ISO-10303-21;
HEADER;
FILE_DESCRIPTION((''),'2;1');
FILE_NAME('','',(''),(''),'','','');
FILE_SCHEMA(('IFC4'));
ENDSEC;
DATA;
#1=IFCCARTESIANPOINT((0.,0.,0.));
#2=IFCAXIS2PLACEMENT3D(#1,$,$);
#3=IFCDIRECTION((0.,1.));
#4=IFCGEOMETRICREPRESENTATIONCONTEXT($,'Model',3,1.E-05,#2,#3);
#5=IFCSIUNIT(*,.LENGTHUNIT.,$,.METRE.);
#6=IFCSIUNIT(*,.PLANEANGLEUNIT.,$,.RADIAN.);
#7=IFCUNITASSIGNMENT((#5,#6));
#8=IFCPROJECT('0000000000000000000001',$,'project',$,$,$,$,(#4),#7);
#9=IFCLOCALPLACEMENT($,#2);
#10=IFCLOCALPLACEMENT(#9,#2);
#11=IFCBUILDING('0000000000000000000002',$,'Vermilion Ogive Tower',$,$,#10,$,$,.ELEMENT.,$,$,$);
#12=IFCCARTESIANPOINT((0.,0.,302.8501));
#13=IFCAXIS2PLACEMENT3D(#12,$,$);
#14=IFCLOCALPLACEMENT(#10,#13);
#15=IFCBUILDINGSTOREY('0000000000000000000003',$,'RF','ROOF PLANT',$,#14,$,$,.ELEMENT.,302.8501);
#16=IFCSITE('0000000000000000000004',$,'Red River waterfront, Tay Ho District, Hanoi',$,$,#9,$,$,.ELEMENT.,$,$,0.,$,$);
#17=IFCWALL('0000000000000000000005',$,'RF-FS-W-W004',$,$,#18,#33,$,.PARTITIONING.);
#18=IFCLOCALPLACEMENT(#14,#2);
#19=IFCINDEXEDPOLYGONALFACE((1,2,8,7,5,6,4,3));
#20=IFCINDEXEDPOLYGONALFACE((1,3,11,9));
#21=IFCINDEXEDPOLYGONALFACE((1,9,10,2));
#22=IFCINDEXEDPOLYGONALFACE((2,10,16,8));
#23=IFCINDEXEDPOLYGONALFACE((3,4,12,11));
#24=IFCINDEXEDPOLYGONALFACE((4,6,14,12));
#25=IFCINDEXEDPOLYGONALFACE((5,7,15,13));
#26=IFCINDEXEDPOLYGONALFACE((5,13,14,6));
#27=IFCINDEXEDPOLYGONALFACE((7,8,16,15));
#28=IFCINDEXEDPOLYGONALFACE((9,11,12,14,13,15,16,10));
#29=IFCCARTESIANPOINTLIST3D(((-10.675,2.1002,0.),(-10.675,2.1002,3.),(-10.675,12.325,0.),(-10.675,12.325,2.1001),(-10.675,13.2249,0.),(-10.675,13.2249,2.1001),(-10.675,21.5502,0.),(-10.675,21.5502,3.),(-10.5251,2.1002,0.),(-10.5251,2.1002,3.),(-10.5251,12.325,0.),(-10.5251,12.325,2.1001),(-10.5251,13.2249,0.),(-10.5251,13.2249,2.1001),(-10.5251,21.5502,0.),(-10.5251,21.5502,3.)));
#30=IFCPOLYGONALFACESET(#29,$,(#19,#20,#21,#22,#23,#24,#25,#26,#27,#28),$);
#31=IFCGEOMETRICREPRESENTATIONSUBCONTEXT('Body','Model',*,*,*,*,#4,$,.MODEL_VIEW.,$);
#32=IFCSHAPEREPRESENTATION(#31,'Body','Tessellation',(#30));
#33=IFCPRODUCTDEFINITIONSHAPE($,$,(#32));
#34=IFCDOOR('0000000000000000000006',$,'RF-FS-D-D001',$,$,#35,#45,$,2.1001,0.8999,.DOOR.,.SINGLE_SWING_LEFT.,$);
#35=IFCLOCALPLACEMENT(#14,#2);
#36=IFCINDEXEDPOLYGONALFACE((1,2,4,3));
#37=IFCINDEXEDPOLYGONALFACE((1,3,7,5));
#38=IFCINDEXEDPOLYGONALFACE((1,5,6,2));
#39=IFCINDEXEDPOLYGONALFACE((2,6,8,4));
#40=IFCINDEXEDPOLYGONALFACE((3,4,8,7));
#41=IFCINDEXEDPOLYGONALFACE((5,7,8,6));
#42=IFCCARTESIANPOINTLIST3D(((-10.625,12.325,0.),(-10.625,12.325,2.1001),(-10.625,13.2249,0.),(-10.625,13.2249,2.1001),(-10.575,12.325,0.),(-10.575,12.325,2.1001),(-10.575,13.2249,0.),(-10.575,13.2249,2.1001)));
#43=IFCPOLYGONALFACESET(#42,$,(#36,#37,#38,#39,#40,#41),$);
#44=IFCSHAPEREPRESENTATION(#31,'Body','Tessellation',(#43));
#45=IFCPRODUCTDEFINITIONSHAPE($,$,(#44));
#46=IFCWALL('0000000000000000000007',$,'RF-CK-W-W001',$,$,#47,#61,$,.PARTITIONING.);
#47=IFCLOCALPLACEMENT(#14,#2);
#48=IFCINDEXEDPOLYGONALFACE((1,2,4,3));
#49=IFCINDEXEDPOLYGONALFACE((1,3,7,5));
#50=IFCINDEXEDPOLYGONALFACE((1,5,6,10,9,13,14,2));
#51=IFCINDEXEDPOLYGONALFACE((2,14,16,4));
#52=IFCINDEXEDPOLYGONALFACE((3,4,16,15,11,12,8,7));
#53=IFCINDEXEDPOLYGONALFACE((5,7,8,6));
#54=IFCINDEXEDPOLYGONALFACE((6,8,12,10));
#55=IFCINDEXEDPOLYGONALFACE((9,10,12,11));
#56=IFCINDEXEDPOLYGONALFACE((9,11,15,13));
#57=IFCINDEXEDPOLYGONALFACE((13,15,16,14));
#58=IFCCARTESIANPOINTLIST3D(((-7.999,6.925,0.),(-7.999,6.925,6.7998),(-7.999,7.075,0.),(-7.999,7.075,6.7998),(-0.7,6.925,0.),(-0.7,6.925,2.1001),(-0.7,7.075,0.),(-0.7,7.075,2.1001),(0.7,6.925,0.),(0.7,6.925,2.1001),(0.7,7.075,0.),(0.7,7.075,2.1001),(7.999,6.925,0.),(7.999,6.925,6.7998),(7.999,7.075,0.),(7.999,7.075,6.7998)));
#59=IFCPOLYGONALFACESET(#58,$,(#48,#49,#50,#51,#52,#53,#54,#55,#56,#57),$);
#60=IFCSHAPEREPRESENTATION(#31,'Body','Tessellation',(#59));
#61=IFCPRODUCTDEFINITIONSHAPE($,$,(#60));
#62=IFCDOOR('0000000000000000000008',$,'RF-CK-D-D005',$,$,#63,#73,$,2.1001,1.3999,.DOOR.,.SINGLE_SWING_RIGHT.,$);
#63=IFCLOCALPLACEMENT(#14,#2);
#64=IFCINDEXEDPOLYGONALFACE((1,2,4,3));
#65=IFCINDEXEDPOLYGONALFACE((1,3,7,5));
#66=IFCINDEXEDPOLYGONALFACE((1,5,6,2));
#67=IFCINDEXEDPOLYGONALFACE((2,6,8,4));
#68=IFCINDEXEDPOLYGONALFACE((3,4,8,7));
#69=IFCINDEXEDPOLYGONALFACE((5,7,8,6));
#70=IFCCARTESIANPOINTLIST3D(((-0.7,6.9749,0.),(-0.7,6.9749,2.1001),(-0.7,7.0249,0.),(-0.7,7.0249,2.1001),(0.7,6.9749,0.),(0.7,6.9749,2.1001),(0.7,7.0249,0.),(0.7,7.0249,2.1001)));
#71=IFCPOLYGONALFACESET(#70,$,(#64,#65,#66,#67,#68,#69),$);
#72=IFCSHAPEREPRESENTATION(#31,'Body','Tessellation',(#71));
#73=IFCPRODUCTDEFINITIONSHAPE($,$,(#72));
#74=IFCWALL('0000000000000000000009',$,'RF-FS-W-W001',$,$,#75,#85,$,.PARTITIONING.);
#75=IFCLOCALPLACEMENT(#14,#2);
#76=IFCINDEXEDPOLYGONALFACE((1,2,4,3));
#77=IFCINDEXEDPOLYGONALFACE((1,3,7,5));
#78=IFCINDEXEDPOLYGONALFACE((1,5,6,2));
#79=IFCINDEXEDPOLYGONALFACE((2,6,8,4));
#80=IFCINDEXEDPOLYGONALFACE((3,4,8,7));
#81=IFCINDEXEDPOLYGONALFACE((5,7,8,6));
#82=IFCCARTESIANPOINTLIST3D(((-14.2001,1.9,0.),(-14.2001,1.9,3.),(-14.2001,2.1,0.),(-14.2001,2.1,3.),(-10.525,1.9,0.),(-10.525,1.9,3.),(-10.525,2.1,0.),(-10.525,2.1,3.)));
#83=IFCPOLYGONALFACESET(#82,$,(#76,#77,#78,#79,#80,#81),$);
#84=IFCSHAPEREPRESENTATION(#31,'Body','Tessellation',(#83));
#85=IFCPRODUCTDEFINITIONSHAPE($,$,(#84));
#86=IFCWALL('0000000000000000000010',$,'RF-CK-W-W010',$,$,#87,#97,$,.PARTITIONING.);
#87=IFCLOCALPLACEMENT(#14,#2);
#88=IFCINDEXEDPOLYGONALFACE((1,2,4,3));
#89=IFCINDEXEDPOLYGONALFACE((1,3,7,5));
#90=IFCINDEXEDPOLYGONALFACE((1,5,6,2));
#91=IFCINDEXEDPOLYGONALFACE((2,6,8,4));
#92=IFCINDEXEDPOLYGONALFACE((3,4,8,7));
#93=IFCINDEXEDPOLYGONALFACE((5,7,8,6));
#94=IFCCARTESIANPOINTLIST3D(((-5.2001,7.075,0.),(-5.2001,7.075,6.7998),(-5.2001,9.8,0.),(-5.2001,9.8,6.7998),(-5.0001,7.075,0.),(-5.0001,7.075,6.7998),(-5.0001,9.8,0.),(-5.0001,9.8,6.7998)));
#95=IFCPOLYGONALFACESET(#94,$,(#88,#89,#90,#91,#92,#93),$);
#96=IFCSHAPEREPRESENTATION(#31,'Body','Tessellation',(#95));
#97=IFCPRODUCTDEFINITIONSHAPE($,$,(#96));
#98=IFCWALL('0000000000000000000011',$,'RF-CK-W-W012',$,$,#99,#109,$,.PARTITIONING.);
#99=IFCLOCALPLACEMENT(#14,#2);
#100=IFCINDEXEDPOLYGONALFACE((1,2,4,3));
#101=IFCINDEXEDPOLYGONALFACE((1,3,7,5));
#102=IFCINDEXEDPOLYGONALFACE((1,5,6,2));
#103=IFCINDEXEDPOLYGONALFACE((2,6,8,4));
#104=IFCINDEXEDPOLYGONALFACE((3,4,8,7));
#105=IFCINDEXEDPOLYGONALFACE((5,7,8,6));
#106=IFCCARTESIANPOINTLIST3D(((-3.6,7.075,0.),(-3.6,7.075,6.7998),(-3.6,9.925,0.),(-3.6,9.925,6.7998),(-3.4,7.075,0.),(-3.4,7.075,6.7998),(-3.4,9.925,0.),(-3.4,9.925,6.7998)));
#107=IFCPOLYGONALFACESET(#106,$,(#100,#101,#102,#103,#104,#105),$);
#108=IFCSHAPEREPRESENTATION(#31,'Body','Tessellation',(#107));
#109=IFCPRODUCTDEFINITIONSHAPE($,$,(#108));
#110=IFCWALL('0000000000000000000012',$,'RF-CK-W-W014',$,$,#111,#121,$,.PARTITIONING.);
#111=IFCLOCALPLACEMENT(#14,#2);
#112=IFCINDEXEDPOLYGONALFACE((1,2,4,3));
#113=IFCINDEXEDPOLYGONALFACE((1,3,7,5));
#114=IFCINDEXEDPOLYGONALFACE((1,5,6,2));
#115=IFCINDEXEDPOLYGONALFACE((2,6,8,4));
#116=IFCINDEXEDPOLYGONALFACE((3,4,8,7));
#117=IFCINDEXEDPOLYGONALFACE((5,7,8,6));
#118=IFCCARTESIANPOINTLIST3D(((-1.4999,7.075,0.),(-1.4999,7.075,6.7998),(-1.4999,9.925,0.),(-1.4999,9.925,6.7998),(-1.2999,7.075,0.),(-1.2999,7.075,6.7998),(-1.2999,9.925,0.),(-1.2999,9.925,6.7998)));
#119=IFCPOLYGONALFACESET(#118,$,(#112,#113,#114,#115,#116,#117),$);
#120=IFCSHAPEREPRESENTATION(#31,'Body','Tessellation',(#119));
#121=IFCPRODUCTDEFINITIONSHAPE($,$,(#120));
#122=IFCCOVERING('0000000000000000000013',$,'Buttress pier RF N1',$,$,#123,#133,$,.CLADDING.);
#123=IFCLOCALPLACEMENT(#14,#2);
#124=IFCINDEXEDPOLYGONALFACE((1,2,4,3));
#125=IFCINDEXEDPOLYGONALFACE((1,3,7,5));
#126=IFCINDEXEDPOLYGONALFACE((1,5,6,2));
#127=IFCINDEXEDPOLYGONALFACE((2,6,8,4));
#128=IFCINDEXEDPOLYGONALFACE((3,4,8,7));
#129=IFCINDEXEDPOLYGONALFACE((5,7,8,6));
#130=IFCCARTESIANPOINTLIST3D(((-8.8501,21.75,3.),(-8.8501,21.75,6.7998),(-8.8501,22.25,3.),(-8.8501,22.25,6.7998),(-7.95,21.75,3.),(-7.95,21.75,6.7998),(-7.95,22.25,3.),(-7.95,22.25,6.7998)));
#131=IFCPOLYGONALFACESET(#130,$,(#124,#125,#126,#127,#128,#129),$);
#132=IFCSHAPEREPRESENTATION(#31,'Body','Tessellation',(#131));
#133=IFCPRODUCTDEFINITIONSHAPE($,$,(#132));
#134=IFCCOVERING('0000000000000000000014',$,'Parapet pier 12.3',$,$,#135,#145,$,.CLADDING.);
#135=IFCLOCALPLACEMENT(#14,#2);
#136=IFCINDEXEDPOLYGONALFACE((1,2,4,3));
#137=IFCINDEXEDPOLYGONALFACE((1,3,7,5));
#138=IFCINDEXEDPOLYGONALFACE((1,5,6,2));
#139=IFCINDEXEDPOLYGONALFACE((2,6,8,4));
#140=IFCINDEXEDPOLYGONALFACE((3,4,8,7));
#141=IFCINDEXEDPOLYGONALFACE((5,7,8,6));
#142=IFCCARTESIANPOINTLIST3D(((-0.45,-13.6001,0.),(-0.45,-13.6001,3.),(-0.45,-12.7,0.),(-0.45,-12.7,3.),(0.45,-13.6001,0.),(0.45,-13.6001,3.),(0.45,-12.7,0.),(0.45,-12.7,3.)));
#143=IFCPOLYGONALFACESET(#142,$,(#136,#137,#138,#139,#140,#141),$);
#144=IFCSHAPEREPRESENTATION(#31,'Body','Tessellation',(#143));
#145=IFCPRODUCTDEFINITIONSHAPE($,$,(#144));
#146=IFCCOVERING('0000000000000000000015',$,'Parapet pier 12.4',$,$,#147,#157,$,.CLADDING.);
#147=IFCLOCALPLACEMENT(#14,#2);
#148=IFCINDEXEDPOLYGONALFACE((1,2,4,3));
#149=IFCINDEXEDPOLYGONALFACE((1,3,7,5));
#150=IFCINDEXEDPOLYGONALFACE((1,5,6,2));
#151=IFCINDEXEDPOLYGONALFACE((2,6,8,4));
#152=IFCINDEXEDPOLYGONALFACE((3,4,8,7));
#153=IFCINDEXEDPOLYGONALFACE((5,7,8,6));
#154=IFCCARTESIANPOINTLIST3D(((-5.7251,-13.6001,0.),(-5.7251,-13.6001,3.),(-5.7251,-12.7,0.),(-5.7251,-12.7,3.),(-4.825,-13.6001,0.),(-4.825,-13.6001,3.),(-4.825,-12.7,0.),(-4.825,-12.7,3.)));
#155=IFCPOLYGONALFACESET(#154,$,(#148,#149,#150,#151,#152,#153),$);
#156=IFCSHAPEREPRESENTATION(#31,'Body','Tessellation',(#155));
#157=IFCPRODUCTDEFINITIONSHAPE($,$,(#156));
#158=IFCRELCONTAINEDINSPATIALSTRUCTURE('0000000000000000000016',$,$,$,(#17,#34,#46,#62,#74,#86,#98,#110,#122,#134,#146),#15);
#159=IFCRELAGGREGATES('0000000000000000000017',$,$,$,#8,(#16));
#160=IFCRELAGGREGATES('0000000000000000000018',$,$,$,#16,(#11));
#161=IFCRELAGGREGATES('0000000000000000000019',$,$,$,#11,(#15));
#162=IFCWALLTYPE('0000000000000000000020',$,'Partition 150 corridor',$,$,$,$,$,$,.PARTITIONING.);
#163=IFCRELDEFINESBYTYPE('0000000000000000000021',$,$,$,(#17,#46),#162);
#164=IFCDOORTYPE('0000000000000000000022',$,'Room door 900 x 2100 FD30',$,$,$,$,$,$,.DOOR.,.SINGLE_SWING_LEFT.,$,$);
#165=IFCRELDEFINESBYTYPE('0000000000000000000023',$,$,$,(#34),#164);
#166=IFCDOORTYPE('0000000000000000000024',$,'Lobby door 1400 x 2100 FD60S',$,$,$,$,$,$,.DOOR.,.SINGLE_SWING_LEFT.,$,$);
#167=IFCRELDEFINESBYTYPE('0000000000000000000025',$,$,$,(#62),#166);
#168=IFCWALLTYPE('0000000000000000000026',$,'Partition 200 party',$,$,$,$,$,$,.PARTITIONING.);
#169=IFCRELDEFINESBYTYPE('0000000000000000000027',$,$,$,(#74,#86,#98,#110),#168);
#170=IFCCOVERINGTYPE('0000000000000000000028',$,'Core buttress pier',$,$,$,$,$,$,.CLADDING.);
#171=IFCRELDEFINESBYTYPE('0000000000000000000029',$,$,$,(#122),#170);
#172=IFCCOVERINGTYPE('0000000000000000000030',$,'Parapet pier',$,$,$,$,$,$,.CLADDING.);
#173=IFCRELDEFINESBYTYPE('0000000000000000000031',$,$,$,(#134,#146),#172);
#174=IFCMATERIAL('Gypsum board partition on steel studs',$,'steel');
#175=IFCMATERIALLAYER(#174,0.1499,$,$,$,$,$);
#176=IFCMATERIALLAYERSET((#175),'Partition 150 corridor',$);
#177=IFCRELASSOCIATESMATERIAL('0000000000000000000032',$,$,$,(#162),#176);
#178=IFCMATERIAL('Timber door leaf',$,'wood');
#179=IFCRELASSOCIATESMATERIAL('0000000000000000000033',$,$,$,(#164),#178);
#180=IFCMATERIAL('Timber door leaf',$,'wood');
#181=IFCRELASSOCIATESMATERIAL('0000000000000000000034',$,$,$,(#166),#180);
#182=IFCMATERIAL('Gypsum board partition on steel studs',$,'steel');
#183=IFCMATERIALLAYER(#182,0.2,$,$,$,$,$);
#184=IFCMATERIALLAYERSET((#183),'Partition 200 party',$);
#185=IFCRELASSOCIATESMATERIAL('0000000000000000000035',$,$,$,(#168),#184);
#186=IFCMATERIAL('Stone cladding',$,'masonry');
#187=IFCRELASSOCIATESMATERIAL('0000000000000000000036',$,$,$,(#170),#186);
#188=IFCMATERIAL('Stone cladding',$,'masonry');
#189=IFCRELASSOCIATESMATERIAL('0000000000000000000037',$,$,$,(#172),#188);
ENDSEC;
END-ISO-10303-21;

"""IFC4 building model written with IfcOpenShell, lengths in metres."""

from ifc_helpers import new_model, si_unit, direction, frame, frame_2d, origin, place, context, subcontext, project, spatial, polyline, rectangle, outline, extrude, material, layer, layer_set, type_object, element, fill, save


model = new_model("IFC4")

# Units and contexts
model_context = context("Model", 3, precision=1e-05, world=origin(), true_north=direction((0.0, 1.0)))
body_context = subcontext(model_context, "Body", "Model", "MODEL_VIEW")
ifc_project = project(units=[si_unit("LENGTHUNIT", "METRE"), si_unit("PLANEANGLEUNIT", "RADIAN")], contexts=[model_context])

# Site, building, storey
site_placement = place(None, origin())
site = spatial("IfcSite", under=ifc_project, at=site_placement, Name="Red River waterfront, Tay Ho District, Hanoi", CompositionType="ELEMENT", RefElevation=0.0)
building_placement = place(site_placement, origin())
building = spatial("IfcBuilding", under=site, at=building_placement, Name="Vermilion Ogive Tower", CompositionType="ELEMENT")
storey_placement = place(building_placement, frame((0.0, 0.0, 302.8501)))
storey = spatial("IfcBuildingStorey", under=building, at=storey_placement, Name="RF", Description="ROOF PLANT", CompositionType="ELEMENT", Elevation=302.8501)

# Shared definitions
ifc_material_1 = material(Name="Gypsum board partition on steel studs", Category="steel")
ifc_layer_1 = layer(ifc_material_1, 0.1499)
ifc_layer_set_1 = layer_set([ifc_layer_1], Name="Partition 150 corridor")
wall_type_1 = type_object("IfcWallType", Name="Partition 150 corridor", PredefinedType="PARTITIONING", material=ifc_layer_set_1)
ifc_material_2 = material(Name="Timber door leaf", Category="wood")
door_type_1 = type_object("IfcDoorType", Name="Room door 900 x 2100 FD30", OperationType="SINGLE_SWING_LEFT", PredefinedType="DOOR", material=ifc_material_2)

# Walls, openings, doors
wall_1_placement = place(storey_placement, frame((-10.6001, 2.1001, 0.0), z_axis=(0.0, 0.0, 1.0), x_axis=(0.0, 1.0, 0.0)))
wall_1 = element("IfcWall", 1, at=wall_1_placement, inside=storey, type_object=wall_type_1, Name="RF-FS-W-W004", PredefinedType="PARTITIONING", context=body_context, shape_type="SweptSolid", body=[
    extrude(rectangle(XDim=19.45, YDim=0.1499, at=frame_2d((9.7251, 0.0))), origin(), (0.0, 0.0, 1.0), 3.0),
])
opening_1_placement = place(wall_1_placement, frame((10.2249, 0.0, 0.0)))
opening_1 = element("IfcOpeningElement", 2, at=opening_1_placement, cuts=wall_1, PredefinedType="OPENING", context=body_context, shape_type="SweptSolid", body=[
    extrude(rectangle(XDim=0.8999, YDim=2.1001, at=frame_2d((0.45, 1.05))), frame((0.0, 0.085, 0.0), z_axis=(0.0, -1.0, 0.0), x_axis=(1.0, 0.0, 0.0)), (0.0, 0.0, 1.0), 0.1699),
])
door_1_placement = place(opening_1_placement, origin())
door_1 = element("IfcDoor", 3, at=door_1_placement, inside=storey, type_object=door_type_1, Name="RF-FS-D-D001", OperationType="SINGLE_SWING_LEFT", OverallHeight=2.1001, OverallWidth=0.8999, PredefinedType="DOOR", context=body_context, shape_type="SweptSolid", body=[
    extrude(rectangle(XDim=0.8999, YDim=2.1001, at=frame_2d((0.45, 1.05))), frame((0.0, 0.0249, 0.0), z_axis=(0.0, -1.0, 0.0), x_axis=(1.0, 0.0, 0.0)), (0.0, 0.0, 1.0), 0.05),
])
fill(opening_1, door_1)
wall_2_placement = place(storey_placement, frame((-7.999, 7.0, 0.0), z_axis=(0.0, 0.0, 1.0), x_axis=(1.0, 0.0, 0.0)))
wall_2 = element("IfcWall", 4, at=wall_2_placement, inside=storey, type_object=wall_type_1, Name="RF-CK-W-W001", PredefinedType="PARTITIONING", context=body_context, shape_type="SweptSolid", body=[
    extrude(rectangle(XDim=15.998, YDim=0.1499, at=frame_2d((7.999, 0.0))), origin(), (0.0, 0.0, 1.0), 6.7998),
])
opening_2_placement = place(wall_2_placement, frame((7.2991, 0.0, 0.0)))
opening_2 = element("IfcOpeningElement", 5, at=opening_2_placement, cuts=wall_2, PredefinedType="OPENING", context=body_context, shape_type="SweptSolid", body=[
    extrude(rectangle(XDim=1.3999, YDim=2.1001, at=frame_2d((0.7, 1.05))), frame((0.0, 0.085, 0.0), z_axis=(0.0, -1.0, 0.0), x_axis=(1.0, 0.0, 0.0)), (0.0, 0.0, 1.0), 0.1699),
])
ifc_material_3 = material(Name="Timber door leaf", Category="wood")
door_type_2 = type_object("IfcDoorType", Name="Lobby door 1400 x 2100 FD60S", OperationType="SINGLE_SWING_LEFT", PredefinedType="DOOR", material=ifc_material_3)
door_2_placement = place(opening_2_placement, origin())
door_2 = element("IfcDoor", 6, at=door_2_placement, inside=storey, type_object=door_type_2, Name="RF-CK-D-D005", OperationType="SINGLE_SWING_RIGHT", OverallHeight=2.1001, OverallWidth=1.3999, PredefinedType="DOOR", context=body_context, shape_type="SweptSolid", body=[
    extrude(rectangle(XDim=1.3999, YDim=2.1001, at=frame_2d((0.7, 1.05))), frame((0.0, 0.0249, 0.0), z_axis=(0.0, -1.0, 0.0), x_axis=(1.0, 0.0, 0.0)), (0.0, 0.0, 1.0), 0.05),
])
fill(opening_2, door_2)

# Walls
ifc_material_4 = material(Name="Gypsum board partition on steel studs", Category="steel")
ifc_layer_2 = layer(ifc_material_4, 0.2)
ifc_layer_set_2 = layer_set([ifc_layer_2], Name="Partition 200 party")
wall_type_2 = type_object("IfcWallType", Name="Partition 200 party", PredefinedType="PARTITIONING", material=ifc_layer_set_2)
wall_3_placement = place(storey_placement, frame((-14.2, 2.0, 0.0), z_axis=(0.0, 0.0, 1.0), x_axis=(1.0, 0.0, 0.0)))
element("IfcWall", 7, at=wall_3_placement, inside=storey, type_object=wall_type_2, Name="RF-FS-W-W001", PredefinedType="PARTITIONING", context=body_context, shape_type="SweptSolid", body=[
    extrude(rectangle(XDim=3.675, YDim=0.2, at=frame_2d((1.8374, 0.0))), origin(), (0.0, 0.0, 1.0), 3.0),
])
wall_4_placement = place(storey_placement, frame((-5.1001, 7.075, 0.0), z_axis=(0.0, 0.0, 1.0), x_axis=(0.0, 1.0, 0.0)))
element("IfcWall", 8, at=wall_4_placement, inside=storey, type_object=wall_type_2, Name="RF-CK-W-W010", PredefinedType="PARTITIONING", context=body_context, shape_type="SweptSolid", body=[
    extrude(rectangle(XDim=2.7251, YDim=0.2, at=frame_2d((1.3625, 0.0))), origin(), (0.0, 0.0, 1.0), 6.7998),
])
for number, where, z_axis, x_axis, name in (
    (9, (-3.5, 7.075, 0.0), (0.0, 0.0, 1.0), (0.0, 1.0, 0.0), "RF-CK-W-W012"),
    (10, (-1.3999, 7.075, 0.0), (0.0, 0.0, 1.0), (0.0, 1.0, 0.0), "RF-CK-W-W014"),
):
    element("IfcWall", number, at=place(storey_placement, frame(where, z_axis=z_axis, x_axis=x_axis)), inside=storey, type_object=wall_type_2, Name=name, PredefinedType="PARTITIONING", context=body_context, shape_type="SweptSolid", body=[
        extrude(rectangle(XDim=2.8501, YDim=0.2, at=frame_2d((1.425, 0.0))), origin(), (0.0, 0.0, 1.0), 6.7998),
    ])

# Coverings
ifc_material_5 = material(Name="Stone cladding", Category="masonry")
covering_type_1 = type_object("IfcCoveringType", Name="Core buttress pier", PredefinedType="CLADDING", material=ifc_material_5)
covering_1_placement = place(storey_placement, frame((0.0, 0.0, 3.0)))
element("IfcCovering", 11, at=covering_1_placement, inside=storey, type_object=covering_type_1, Name="Buttress pier RF N1", PredefinedType="CLADDING", context=body_context, shape_type="SweptSolid", body=[
    extrude(outline(polyline([(-8.8501, 21.75), (-7.95, 21.75), (-7.95, 22.25), (-8.8501, 22.25), (-8.8501, 21.75)])), origin(), (0.0, 0.0, 1.0), 3.7998),
])
ifc_material_6 = material(Name="Stone cladding", Category="masonry")
covering_type_2 = type_object("IfcCoveringType", Name="Parapet pier", PredefinedType="CLADDING", material=ifc_material_6)
covering_2_placement = place(storey_placement, origin())
element("IfcCovering", 12, at=covering_2_placement, inside=storey, type_object=covering_type_2, Name="Parapet pier 12.3", PredefinedType="CLADDING", context=body_context, shape_type="SweptSolid", body=[
    extrude(outline(polyline([(-0.45, -13.6001), (0.45, -13.6001), (0.45, -12.7), (-0.45, -12.7), (-0.45, -13.6001)])), origin(), (0.0, 0.0, 1.0), 3.0),
])
covering_3_placement = place(storey_placement, origin())
element("IfcCovering", 13, at=covering_3_placement, inside=storey, type_object=covering_type_2, Name="Parapet pier 12.4", PredefinedType="CLADDING", context=body_context, shape_type="SweptSolid", body=[
    extrude(outline(polyline([(-5.7251, -13.6001), (-4.825, -13.6001), (-4.825, -12.7), (-5.7251, -12.7), (-5.7251, -13.6001)])), origin(), (0.0, 0.0, 1.0), 3.0),
])

save(model, "model.ifc")
